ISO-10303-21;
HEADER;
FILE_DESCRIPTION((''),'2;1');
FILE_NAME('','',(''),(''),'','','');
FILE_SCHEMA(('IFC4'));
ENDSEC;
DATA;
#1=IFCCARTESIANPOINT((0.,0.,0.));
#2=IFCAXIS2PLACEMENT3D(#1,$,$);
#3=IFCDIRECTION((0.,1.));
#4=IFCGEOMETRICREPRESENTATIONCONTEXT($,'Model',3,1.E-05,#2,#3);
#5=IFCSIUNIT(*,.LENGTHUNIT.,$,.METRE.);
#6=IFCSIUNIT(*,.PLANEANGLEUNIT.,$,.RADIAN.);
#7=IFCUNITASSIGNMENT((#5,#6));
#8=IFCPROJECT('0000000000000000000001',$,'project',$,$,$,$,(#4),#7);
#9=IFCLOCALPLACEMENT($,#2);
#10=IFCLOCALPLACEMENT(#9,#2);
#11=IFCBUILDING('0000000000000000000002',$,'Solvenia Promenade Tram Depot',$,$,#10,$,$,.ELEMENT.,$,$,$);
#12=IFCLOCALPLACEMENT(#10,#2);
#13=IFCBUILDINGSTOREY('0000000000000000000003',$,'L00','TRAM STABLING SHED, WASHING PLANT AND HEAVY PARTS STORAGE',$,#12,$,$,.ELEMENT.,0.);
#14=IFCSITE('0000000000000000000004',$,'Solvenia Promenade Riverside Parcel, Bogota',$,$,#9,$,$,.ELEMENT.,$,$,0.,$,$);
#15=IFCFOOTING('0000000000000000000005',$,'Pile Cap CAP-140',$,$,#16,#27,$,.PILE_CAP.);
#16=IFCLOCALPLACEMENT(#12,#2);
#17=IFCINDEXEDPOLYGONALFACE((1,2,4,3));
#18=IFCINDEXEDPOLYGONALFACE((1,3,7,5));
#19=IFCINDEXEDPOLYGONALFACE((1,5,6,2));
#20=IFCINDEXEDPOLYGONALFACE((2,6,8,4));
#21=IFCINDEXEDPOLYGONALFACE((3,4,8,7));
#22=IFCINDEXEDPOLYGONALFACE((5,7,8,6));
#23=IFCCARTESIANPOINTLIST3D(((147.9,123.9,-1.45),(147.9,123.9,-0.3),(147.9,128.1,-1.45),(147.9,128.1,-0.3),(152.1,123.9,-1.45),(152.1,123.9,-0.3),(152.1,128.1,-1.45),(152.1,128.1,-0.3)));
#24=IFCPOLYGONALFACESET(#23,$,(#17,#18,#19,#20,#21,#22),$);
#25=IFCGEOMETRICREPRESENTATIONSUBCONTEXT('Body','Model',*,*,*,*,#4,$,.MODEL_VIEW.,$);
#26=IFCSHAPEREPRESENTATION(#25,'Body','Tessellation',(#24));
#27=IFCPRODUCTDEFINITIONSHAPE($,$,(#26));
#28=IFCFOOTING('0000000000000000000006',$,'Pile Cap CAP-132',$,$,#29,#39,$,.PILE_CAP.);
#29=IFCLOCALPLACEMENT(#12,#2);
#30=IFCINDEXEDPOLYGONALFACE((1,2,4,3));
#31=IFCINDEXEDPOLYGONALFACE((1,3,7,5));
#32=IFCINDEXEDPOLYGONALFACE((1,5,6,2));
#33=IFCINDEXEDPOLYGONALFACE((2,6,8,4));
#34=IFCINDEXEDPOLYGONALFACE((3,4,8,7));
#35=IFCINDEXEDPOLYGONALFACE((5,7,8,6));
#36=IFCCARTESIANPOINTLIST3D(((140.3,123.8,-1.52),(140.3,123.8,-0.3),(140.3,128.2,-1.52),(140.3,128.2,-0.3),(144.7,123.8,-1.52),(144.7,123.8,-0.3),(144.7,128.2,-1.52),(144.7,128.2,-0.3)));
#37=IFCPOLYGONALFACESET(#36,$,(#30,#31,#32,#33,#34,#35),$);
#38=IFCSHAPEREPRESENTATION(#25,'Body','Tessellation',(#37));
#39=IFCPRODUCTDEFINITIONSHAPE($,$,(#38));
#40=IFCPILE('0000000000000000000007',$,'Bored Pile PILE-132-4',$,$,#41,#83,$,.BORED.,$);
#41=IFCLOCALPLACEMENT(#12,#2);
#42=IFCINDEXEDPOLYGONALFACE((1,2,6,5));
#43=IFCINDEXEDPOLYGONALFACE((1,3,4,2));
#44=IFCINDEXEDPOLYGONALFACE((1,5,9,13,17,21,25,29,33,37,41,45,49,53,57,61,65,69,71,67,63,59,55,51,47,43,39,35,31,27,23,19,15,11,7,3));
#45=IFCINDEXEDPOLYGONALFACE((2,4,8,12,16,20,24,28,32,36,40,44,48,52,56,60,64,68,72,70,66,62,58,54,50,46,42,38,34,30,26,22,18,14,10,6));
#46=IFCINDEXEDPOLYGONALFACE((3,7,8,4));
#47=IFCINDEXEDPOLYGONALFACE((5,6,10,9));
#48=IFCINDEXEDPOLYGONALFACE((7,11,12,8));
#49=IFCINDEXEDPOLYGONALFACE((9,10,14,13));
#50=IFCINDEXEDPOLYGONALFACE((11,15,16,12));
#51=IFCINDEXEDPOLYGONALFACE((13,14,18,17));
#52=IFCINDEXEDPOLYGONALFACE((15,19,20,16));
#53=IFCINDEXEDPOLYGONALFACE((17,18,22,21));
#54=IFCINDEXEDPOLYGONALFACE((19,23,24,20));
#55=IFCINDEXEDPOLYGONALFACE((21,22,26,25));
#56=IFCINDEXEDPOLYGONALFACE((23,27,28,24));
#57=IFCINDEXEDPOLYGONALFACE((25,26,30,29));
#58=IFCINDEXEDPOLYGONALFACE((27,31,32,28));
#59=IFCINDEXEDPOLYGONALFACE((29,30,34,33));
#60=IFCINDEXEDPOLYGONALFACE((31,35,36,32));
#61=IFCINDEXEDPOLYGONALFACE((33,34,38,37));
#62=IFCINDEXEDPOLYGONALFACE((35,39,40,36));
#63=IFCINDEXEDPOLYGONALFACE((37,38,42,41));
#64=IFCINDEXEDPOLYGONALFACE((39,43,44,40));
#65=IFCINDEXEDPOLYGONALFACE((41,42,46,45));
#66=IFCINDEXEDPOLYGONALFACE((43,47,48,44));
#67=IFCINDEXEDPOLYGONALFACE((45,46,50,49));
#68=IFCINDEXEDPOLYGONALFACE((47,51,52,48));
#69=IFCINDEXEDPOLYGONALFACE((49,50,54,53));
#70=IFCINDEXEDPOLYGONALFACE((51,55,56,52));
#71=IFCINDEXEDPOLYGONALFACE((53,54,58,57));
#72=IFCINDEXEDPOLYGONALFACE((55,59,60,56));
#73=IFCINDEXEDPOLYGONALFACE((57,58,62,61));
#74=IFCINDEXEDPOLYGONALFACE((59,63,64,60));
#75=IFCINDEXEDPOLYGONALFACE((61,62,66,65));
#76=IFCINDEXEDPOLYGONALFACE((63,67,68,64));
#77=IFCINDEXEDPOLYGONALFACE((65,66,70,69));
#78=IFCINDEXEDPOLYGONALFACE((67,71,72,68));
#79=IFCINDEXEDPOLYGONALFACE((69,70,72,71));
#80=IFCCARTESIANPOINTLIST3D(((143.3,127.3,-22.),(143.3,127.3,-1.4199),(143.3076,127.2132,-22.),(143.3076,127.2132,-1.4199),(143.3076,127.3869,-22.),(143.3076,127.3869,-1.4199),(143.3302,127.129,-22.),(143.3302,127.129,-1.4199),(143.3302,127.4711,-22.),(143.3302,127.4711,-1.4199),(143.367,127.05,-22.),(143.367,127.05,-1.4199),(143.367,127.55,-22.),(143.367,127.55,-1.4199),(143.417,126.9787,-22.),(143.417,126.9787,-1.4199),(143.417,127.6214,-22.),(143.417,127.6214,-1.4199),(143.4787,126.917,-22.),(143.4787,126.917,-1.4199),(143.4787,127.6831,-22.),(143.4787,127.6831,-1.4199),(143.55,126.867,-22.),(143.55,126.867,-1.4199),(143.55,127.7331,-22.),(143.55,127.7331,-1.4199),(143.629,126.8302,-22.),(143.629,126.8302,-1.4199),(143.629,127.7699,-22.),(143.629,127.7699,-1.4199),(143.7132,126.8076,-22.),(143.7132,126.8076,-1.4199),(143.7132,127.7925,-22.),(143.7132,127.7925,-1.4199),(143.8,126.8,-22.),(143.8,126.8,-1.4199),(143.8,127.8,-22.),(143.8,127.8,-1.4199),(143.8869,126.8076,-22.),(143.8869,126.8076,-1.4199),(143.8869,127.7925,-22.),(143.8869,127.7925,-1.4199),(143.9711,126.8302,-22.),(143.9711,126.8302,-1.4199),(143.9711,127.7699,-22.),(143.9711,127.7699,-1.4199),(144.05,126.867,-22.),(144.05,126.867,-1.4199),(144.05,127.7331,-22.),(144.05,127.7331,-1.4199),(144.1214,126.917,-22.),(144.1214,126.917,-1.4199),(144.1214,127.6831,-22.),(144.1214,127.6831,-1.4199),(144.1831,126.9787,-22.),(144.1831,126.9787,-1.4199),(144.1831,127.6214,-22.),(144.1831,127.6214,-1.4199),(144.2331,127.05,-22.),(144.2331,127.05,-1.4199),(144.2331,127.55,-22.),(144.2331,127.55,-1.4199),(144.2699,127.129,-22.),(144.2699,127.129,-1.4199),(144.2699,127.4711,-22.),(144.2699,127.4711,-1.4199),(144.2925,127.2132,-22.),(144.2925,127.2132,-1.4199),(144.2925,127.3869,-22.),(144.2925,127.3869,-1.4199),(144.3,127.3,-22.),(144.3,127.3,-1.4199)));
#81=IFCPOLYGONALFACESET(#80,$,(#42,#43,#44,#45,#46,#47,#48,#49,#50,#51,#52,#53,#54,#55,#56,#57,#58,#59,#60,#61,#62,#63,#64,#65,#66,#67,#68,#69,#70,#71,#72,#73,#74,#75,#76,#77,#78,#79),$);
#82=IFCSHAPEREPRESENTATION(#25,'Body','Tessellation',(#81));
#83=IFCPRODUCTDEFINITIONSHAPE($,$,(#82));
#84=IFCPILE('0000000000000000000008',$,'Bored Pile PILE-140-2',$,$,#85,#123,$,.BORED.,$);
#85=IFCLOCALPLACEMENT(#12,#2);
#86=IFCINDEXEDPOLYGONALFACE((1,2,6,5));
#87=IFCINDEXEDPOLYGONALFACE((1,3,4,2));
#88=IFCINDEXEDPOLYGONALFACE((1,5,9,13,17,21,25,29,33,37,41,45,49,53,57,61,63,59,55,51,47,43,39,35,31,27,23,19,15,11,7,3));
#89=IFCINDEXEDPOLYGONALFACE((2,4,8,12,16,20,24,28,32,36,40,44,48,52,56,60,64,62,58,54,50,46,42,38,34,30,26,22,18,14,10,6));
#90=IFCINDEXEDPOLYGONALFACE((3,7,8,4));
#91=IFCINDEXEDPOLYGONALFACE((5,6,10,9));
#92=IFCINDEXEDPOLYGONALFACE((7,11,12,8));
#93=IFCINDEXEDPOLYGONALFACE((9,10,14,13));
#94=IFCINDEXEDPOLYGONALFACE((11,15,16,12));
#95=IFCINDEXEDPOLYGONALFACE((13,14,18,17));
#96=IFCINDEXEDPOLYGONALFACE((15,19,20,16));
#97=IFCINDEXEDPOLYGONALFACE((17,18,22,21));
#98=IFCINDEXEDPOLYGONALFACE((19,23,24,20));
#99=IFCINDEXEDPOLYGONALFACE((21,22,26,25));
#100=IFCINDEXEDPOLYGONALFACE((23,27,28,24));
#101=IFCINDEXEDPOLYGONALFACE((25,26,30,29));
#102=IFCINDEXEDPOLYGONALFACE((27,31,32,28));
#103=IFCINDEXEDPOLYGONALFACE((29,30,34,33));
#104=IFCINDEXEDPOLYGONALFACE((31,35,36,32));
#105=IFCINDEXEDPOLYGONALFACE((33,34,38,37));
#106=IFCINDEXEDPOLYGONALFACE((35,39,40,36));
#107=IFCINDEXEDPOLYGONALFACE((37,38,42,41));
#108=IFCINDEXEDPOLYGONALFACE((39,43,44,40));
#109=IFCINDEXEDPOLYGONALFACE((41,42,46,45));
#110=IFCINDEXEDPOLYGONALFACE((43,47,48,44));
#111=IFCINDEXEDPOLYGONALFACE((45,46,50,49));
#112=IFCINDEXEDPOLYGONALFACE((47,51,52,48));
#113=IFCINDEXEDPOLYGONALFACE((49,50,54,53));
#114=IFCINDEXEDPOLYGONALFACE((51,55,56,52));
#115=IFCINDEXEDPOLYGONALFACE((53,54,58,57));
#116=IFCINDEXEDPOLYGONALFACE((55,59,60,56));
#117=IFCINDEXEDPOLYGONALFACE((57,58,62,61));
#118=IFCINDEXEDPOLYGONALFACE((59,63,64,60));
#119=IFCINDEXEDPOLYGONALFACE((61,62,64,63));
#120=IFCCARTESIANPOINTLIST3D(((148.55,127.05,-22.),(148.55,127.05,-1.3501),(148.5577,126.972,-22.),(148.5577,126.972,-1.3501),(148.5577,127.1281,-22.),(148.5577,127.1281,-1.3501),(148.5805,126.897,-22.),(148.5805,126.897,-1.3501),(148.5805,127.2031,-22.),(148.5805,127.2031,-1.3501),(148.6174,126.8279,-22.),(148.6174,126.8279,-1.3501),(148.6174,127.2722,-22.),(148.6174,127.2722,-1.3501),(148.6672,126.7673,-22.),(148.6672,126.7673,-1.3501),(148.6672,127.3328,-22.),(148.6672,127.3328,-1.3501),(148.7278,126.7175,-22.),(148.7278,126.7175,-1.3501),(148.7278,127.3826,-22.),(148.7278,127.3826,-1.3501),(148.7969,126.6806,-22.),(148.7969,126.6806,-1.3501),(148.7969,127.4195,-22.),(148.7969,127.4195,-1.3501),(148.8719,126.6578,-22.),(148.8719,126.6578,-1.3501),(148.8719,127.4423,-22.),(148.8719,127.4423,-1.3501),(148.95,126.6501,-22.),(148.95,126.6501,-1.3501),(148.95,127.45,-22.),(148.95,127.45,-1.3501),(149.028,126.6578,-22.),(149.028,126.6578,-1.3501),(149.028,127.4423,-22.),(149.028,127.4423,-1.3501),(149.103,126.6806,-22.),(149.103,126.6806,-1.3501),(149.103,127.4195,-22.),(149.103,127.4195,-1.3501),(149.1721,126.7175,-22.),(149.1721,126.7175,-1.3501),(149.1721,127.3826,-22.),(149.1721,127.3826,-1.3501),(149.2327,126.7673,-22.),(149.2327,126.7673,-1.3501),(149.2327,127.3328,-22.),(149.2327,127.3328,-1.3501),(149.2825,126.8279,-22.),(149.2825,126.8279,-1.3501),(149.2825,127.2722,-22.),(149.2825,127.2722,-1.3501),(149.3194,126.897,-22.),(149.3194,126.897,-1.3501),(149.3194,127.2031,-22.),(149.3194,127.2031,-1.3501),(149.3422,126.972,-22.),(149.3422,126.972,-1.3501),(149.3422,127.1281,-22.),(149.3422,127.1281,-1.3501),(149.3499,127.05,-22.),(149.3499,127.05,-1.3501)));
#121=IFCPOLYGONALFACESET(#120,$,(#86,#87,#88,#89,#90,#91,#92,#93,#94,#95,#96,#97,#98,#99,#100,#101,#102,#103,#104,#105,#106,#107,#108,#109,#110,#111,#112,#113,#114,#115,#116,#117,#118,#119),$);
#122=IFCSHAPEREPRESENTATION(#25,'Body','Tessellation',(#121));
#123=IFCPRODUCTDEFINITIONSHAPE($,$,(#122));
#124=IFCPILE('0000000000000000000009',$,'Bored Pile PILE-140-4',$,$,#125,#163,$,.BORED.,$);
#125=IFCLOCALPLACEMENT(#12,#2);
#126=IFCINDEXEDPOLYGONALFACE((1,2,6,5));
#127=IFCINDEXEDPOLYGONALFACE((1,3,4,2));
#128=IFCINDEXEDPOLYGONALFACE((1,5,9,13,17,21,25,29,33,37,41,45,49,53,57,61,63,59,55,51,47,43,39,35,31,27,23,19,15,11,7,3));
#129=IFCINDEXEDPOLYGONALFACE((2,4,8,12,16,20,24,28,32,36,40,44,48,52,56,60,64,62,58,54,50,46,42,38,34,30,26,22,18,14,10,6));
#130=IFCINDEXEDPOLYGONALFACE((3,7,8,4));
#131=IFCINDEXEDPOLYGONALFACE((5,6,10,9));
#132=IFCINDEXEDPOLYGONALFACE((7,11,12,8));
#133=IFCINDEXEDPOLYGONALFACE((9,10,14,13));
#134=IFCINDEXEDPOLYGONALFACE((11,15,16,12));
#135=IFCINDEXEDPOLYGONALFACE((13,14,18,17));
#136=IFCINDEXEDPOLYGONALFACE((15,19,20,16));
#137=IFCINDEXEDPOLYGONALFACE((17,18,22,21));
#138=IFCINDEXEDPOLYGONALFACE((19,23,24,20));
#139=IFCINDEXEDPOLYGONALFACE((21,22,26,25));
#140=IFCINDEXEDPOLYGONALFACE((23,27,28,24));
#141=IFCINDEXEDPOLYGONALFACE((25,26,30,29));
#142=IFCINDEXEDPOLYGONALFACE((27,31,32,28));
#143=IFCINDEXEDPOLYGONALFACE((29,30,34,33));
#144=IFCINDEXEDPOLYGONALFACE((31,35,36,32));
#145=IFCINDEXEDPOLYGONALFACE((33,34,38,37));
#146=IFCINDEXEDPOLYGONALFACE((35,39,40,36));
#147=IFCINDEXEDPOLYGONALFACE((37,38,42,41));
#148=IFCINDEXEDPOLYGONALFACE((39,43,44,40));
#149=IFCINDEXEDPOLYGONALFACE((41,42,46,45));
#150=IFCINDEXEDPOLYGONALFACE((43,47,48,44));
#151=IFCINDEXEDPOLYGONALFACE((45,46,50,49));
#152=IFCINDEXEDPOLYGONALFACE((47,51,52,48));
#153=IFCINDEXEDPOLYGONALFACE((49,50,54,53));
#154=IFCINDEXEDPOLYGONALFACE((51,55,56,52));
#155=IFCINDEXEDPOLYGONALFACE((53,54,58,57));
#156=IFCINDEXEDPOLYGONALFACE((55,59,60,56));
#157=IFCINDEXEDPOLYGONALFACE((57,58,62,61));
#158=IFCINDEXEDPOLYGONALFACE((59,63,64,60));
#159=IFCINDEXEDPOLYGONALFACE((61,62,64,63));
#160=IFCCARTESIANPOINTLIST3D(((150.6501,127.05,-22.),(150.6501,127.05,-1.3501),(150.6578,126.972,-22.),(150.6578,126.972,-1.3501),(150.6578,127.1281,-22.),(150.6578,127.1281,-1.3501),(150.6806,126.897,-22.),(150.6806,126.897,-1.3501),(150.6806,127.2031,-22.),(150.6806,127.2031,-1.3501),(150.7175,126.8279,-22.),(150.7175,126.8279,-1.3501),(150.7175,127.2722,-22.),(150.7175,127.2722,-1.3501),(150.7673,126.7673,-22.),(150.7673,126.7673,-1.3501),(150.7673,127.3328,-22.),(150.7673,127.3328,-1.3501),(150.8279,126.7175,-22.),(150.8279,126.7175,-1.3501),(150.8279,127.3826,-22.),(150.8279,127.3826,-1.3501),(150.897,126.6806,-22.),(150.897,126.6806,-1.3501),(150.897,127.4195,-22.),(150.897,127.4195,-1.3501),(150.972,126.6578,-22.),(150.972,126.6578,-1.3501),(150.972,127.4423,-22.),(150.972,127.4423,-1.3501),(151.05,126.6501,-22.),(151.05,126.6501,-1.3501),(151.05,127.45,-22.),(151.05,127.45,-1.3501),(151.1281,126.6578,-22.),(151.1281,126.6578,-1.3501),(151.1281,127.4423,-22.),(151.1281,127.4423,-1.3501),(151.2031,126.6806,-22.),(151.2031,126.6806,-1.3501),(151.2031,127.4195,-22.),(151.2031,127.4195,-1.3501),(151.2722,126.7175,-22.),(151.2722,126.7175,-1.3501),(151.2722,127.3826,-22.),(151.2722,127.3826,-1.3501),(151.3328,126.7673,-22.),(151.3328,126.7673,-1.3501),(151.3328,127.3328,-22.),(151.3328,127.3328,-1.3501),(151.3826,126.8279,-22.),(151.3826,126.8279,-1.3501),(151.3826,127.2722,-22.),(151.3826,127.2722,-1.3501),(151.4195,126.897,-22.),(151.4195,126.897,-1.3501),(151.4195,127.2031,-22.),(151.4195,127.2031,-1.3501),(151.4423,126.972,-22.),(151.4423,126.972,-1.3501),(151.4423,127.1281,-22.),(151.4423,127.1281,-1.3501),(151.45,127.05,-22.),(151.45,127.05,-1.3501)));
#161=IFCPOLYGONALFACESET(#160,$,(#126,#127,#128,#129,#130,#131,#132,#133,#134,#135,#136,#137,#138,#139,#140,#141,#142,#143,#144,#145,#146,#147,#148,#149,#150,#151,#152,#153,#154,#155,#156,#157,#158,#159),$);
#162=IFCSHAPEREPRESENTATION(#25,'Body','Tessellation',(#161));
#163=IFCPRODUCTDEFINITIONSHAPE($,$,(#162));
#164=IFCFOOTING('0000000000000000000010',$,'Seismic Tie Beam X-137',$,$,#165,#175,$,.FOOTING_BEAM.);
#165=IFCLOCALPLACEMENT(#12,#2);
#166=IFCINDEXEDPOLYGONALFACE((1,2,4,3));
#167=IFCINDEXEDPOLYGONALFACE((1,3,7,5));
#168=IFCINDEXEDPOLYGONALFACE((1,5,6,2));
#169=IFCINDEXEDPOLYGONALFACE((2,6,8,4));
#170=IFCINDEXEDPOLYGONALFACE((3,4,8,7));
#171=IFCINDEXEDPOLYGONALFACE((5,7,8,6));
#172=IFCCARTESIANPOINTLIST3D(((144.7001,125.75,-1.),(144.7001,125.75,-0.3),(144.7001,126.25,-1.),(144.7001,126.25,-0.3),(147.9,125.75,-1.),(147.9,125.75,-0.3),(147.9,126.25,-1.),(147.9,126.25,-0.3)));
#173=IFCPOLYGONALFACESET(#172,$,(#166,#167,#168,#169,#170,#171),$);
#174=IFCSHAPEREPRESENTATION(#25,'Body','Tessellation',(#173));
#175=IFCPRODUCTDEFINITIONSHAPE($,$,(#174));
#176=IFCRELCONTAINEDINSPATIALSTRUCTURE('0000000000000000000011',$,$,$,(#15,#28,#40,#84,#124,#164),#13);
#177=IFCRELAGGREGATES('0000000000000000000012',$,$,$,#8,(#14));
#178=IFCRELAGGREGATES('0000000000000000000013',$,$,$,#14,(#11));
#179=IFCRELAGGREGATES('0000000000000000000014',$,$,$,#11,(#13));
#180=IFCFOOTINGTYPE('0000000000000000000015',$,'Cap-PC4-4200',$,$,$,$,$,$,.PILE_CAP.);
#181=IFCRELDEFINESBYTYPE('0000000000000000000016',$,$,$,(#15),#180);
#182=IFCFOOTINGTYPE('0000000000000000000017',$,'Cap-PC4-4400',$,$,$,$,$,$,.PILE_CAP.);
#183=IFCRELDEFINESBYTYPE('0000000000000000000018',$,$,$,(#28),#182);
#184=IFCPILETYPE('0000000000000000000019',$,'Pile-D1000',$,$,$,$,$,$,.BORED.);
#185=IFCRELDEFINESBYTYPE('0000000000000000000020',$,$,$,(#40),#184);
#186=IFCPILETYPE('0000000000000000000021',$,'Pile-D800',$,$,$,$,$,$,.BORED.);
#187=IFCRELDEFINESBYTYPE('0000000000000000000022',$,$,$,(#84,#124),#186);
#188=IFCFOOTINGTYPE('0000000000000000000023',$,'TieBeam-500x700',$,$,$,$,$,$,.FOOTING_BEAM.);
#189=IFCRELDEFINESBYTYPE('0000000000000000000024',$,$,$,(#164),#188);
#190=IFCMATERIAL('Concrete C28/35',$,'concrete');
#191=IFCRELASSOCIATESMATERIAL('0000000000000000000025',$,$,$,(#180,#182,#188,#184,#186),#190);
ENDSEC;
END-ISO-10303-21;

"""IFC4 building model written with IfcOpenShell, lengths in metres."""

from ifc_helpers import new_model, si_unit, direction, frame, origin, origin_2d, place, context, subcontext, project, spatial, rectangle, circle, extrude, material, material_profile, profile_set, type_object, element, save


model = new_model("IFC4")

# Units and contexts
model_context = context("Model", 3, precision=1e-05, world=origin(), true_north=direction((0.0, 1.0)))
body_context = subcontext(model_context, "Body", "Model", "MODEL_VIEW")
ifc_project = project(units=[si_unit("LENGTHUNIT", "METRE"), si_unit("PLANEANGLEUNIT", "RADIAN")], contexts=[model_context])

# Site, building, storey
site_placement = place(None, origin())
site = spatial("IfcSite", under=ifc_project, at=site_placement, Name="Solvenia Promenade Riverside Parcel, Bogota", CompositionType="ELEMENT", RefElevation=0.0)
building_placement = place(site_placement, origin())
building = spatial("IfcBuilding", under=site, at=building_placement, Name="Solvenia Promenade Tram Depot", CompositionType="ELEMENT")
storey_placement = place(building_placement, origin())
storey = spatial("IfcBuildingStorey", under=building, at=storey_placement, Name="L00", Description="TRAM STABLING SHED, WASHING PLANT AND HEAVY PARTS STORAGE", CompositionType="ELEMENT", Elevation=0.0)

# Footings
ifc_material_1 = material(Name="Concrete C28/35", Category="concrete")
footing_type_1 = type_object("IfcFootingType", Name="Cap-PC4-4200", PredefinedType="PILE_CAP", material=ifc_material_1)
footing_1_placement = place(storey_placement, frame((150.0, 126.0, -1.45), z_axis=(0.0, 0.0, 1.0), x_axis=(1.0, 0.0, 0.0)))
element("IfcFooting", 1, at=footing_1_placement, inside=storey, type_object=footing_type_1, Name="Pile Cap CAP-140", PredefinedType="PILE_CAP", context=body_context, shape_type="SweptSolid", body=[
    extrude(rectangle(XDim=4.2, YDim=4.2, at=origin_2d()), origin(), (0.0, 0.0, 1.0), 1.1499),
])
footing_type_2 = type_object("IfcFootingType", Name="Cap-PC4-4400", PredefinedType="PILE_CAP", material=ifc_material_1)
footing_2_placement = place(storey_placement, frame((142.5, 126.0, -1.52), z_axis=(0.0, 0.0, 1.0), x_axis=(1.0, 0.0, 0.0)))
element("IfcFooting", 2, at=footing_2_placement, inside=storey, type_object=footing_type_2, Name="Pile Cap CAP-132", PredefinedType="PILE_CAP", context=body_context, shape_type="SweptSolid", body=[
    extrude(rectangle(XDim=4.3999, YDim=4.3999, at=origin_2d()), origin(), (0.0, 0.0, 1.0), 1.22),
])

# Piles
ifc_material_profile_1 = material_profile(ifc_material_1, circle(Radius=0.5, at=origin_2d()), Name="D1000", Category="concrete")
ifc_profile_set_1 = profile_set([ifc_material_profile_1], Name="Concrete C28/35")
pile_type_1 = type_object("IfcPileType", Name="Pile-D1000", PredefinedType="BORED", material=ifc_profile_set_1)
pile_placement = place(storey_placement, frame((143.8, 127.3, -1.4199), z_axis=(0.0, 0.0, -1.0), x_axis=(1.0, 0.0, 0.0)))
element("IfcPile", 3, at=pile_placement, inside=storey, type_object=pile_type_1, Name="Bored Pile PILE-132-4", PredefinedType="BORED", context=body_context, shape_type="SweptSolid", body=[
    extrude(circle(Radius=0.5, at=origin_2d()), origin(), (0.0, 0.0, 1.0), 20.5801),
])
ifc_material_profile_2 = material_profile(ifc_material_1, circle(Radius=0.3999, at=origin_2d()), Name="D800", Category="concrete")
ifc_profile_set_2 = profile_set([ifc_material_profile_2], Name="Concrete C28/35")
pile_type_2 = type_object("IfcPileType", Name="Pile-D800", PredefinedType="BORED", material=ifc_profile_set_2)
for number, where, z_axis, x_axis, name in (
    (4, (148.95, 127.05, -1.3501), (0.0, 0.0, -1.0), (1.0, 0.0, 0.0), "Bored Pile PILE-140-2"),
    (5, (151.05, 127.05, -1.3501), (0.0, 0.0, -1.0), (1.0, 0.0, 0.0), "Bored Pile PILE-140-4"),
):
    element("IfcPile", number, at=place(storey_placement, frame(where, z_axis=z_axis, x_axis=x_axis)), inside=storey, type_object=pile_type_2, Name=name, PredefinedType="BORED", context=body_context, shape_type="SweptSolid", body=[
        extrude(circle(Radius=0.3999, at=origin_2d()), origin(), (0.0, 0.0, 1.0), 20.6499),
    ])

# Footing
footing_type_3 = type_object("IfcFootingType", Name="TieBeam-500x700", PredefinedType="FOOTING_BEAM", material=ifc_material_1)
footing_3_placement = place(storey_placement, frame((146.3, 126.0, -1.0), z_axis=(0.0, 0.0, 1.0), x_axis=(1.0, 0.0, 0.0)))
element("IfcFooting", 6, at=footing_3_placement, inside=storey, type_object=footing_type_3, Name="Seismic Tie Beam X-137", PredefinedType="FOOTING_BEAM", context=body_context, shape_type="SweptSolid", body=[
    extrude(rectangle(XDim=3.2, YDim=0.5, at=origin_2d()), origin(), (0.0, 0.0, 1.0), 0.7),
])

save(model, "model.ifc")
